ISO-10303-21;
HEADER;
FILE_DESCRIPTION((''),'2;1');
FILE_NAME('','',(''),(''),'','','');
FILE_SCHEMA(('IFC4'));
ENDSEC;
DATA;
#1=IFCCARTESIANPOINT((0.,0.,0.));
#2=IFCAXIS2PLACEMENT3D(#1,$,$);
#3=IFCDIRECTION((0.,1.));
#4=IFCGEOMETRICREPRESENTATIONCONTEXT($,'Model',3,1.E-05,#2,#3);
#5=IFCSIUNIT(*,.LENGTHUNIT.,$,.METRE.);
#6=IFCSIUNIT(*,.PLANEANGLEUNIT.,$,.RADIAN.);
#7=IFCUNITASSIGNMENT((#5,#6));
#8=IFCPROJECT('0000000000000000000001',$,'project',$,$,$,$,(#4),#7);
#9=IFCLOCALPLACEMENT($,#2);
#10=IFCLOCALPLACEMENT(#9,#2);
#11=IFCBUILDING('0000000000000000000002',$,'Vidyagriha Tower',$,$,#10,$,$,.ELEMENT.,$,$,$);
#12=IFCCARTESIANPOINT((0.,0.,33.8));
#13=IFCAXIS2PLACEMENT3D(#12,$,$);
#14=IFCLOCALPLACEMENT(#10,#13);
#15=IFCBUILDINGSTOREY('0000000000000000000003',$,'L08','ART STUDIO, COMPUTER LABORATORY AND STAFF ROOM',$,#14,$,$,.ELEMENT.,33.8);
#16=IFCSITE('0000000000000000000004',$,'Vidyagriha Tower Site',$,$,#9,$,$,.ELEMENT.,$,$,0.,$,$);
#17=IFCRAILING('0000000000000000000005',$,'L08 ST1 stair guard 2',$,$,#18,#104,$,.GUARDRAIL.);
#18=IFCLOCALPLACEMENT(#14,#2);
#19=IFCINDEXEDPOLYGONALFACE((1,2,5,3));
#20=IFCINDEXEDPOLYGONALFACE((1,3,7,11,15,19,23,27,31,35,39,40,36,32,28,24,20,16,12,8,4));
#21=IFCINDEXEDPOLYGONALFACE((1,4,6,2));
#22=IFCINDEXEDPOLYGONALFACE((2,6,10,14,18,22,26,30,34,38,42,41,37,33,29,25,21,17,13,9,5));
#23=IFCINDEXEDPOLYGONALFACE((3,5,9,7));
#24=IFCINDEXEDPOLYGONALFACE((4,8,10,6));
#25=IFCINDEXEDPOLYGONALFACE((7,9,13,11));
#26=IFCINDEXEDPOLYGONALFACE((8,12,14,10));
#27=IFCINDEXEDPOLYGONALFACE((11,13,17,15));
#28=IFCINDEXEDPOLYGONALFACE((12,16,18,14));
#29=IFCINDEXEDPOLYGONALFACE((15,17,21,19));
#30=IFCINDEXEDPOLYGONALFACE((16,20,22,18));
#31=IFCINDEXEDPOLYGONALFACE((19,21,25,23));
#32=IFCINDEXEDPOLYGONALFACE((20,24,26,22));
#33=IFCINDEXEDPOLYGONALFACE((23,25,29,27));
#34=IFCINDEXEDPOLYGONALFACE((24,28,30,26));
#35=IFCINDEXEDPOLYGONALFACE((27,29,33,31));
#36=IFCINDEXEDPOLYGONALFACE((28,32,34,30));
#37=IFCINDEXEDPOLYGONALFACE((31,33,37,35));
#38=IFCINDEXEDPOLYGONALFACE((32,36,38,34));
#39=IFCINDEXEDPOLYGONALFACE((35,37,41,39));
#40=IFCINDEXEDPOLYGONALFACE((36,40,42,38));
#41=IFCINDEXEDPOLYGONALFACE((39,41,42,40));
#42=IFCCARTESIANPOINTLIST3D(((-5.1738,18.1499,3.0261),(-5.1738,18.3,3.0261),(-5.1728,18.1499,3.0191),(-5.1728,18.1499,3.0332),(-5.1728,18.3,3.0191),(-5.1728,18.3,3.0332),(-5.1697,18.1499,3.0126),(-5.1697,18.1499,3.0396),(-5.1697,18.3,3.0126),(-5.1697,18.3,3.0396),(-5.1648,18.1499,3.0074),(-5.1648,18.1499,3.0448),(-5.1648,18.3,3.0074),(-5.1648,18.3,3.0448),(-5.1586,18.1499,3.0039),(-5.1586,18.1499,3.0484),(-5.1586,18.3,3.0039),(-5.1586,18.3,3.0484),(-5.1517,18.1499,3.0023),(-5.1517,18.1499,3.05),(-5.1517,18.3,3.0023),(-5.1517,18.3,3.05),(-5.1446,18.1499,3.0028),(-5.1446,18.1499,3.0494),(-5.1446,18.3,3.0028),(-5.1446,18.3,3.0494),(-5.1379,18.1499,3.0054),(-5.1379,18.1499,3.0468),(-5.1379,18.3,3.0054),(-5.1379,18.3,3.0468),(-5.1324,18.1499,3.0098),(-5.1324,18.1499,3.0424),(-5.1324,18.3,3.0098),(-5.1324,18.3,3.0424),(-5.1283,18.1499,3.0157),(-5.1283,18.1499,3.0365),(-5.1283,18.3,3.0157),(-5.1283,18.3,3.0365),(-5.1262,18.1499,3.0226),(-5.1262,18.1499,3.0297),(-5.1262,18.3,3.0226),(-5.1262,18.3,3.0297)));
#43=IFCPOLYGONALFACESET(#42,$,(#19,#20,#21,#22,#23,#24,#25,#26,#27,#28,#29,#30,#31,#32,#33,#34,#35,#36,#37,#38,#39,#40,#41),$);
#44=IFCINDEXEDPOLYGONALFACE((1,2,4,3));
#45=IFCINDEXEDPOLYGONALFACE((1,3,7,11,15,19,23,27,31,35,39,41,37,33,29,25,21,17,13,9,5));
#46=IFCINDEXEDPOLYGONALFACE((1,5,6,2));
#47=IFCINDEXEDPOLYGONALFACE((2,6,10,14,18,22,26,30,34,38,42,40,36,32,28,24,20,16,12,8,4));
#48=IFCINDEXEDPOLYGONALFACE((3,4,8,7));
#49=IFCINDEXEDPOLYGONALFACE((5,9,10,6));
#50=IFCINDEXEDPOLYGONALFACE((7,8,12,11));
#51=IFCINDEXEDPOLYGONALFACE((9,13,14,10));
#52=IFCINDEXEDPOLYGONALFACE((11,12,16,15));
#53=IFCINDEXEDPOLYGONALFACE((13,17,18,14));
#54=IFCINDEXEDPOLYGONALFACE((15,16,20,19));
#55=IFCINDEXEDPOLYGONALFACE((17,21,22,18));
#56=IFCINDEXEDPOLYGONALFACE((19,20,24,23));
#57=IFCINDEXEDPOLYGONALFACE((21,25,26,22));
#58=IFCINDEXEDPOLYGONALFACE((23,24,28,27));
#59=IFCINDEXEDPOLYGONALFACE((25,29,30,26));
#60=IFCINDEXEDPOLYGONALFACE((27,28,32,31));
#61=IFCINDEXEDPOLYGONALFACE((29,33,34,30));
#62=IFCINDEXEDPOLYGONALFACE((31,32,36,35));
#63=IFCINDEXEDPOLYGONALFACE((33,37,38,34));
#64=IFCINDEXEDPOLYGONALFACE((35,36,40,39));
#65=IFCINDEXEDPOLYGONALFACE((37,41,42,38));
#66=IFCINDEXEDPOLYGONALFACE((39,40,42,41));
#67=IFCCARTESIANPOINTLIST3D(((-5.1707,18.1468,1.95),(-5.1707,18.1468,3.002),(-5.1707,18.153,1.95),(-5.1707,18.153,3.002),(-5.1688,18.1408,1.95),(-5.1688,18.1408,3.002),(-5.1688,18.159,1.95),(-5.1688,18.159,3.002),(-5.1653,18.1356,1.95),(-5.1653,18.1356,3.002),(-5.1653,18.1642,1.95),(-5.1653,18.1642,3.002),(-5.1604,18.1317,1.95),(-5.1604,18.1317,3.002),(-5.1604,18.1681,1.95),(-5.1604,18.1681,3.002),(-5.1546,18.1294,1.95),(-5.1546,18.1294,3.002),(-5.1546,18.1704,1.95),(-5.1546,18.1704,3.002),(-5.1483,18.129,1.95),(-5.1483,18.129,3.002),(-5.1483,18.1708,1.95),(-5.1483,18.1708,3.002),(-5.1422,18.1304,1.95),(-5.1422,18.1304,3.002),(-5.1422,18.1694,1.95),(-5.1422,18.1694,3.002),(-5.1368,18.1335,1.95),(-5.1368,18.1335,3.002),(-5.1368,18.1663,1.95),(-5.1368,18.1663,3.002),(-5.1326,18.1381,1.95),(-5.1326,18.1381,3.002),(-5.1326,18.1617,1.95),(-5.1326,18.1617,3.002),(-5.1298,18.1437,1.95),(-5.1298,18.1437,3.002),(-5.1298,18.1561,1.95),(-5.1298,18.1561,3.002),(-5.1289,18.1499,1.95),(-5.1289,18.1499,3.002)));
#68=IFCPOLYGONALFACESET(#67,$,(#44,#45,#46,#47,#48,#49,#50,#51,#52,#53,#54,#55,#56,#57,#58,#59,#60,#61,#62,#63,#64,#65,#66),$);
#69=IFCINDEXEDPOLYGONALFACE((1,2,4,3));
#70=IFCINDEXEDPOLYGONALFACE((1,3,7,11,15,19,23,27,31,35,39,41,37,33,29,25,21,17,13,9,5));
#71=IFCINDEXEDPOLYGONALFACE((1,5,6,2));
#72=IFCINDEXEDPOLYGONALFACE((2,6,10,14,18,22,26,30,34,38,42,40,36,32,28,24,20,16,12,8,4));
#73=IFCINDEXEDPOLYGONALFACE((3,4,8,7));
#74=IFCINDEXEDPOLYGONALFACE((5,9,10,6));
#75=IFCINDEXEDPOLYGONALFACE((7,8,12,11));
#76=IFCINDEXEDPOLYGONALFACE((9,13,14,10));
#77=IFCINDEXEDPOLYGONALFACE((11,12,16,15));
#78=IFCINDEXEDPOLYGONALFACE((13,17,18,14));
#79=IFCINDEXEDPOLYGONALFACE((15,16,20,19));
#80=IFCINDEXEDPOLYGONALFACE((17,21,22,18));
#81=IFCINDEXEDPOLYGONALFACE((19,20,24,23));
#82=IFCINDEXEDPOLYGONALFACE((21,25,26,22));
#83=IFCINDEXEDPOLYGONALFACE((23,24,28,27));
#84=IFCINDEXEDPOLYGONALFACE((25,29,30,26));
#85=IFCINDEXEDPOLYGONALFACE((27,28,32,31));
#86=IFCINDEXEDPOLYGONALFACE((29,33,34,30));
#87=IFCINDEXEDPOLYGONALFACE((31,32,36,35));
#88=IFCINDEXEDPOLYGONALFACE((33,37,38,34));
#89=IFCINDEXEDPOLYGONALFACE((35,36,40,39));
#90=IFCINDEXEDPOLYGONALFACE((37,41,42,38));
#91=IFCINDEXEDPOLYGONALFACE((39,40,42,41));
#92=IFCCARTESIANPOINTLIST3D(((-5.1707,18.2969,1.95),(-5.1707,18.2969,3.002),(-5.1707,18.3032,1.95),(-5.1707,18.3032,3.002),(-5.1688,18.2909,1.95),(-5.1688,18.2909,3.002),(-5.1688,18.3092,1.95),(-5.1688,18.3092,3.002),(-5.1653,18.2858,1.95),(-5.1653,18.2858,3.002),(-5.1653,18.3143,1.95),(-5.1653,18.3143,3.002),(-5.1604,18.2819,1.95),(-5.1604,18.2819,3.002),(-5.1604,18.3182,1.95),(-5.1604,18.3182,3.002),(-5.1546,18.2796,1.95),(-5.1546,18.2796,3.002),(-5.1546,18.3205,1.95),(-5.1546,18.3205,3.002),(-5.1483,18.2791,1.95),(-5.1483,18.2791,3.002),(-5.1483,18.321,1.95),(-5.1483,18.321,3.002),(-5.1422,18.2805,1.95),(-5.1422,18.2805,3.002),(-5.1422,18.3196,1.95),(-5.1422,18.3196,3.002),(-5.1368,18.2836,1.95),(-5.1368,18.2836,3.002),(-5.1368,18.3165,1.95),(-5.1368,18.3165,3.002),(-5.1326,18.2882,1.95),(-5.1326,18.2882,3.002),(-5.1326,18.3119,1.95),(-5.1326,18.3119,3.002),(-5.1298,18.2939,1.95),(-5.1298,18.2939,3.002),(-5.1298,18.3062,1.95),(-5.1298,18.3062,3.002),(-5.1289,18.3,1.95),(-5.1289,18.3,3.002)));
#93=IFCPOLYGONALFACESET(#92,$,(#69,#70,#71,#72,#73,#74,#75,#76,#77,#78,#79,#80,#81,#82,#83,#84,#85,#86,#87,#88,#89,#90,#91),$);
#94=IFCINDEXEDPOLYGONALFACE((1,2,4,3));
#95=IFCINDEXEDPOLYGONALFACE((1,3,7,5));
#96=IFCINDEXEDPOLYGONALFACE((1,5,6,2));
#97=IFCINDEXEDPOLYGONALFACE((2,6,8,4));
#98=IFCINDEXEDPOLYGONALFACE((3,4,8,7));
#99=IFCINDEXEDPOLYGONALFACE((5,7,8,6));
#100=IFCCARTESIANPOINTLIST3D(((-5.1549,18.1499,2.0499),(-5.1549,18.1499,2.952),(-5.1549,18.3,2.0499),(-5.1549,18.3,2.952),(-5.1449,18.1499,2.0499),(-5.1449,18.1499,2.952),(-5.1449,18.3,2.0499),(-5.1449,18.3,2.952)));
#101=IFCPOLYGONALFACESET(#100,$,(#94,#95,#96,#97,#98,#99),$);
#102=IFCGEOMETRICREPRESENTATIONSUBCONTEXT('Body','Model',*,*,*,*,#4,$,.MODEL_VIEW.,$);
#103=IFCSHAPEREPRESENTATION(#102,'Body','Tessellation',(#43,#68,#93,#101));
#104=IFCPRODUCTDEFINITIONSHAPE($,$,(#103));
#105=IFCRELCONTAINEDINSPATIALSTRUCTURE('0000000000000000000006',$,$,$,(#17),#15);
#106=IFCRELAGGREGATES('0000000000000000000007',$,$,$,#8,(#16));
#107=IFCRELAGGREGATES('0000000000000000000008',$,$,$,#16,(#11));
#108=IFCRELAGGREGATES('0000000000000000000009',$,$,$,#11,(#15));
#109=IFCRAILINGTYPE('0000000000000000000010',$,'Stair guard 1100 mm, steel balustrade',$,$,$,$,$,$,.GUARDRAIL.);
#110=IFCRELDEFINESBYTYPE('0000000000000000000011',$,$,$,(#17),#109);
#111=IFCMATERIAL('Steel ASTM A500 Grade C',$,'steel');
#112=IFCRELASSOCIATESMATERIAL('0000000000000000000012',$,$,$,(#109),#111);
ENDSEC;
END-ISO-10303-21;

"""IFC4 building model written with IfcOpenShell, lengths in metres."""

from ifc_helpers import new_model, si_unit, direction, frame, origin, origin_2d, place, context, subcontext, project, spatial, rectangle, circle, extrude, material, type_object, element, save


model = new_model("IFC4")

# Units and contexts
model_context = context("Model", 3, precision=1e-05, world=origin(), true_north=direction((0.0, 1.0)))
body_context = subcontext(model_context, "Body", "Model", "MODEL_VIEW")
ifc_project = project(units=[si_unit("LENGTHUNIT", "METRE"), si_unit("PLANEANGLEUNIT", "RADIAN")], contexts=[model_context])

# Site, building, storey
site_placement = place(None, origin())
site = spatial("IfcSite", under=ifc_project, at=site_placement, Name="Vidyagriha Tower Site", CompositionType="ELEMENT", RefElevation=0.0)
building_placement = place(site_placement, origin())
building = spatial("IfcBuilding", under=site, at=building_placement, Name="Vidyagriha Tower", CompositionType="ELEMENT")
storey_placement = place(building_placement, frame((0.0, 0.0, 33.8)))
storey = spatial("IfcBuildingStorey", under=building, at=storey_placement, Name="L08", Description="ART STUDIO, COMPUTER LABORATORY AND STAFF ROOM", CompositionType="ELEMENT", Elevation=33.8)

# Railing
ifc_material_1 = material(Name="Steel ASTM A500 Grade C", Category="steel")
railing_type_1 = type_object("IfcRailingType", Name="Stair guard 1100 mm, steel balustrade", PredefinedType="GUARDRAIL", material=ifc_material_1)
railing_1_placement = place(storey_placement, frame((-5.1499, 18.1499, 1.95)))
element("IfcRailing", 1, at=railing_1_placement, inside=storey, type_object=railing_type_1, Name="L08 ST1 stair guard 2", PredefinedType="GUARDRAIL", context=body_context, shape_type="SweptSolid", body=[
    extrude(circle(Radius=0.0239, at=origin_2d()), frame((0.0, 0.0, 1.0762), z_axis=(0.0, 1.0, 0.0), x_axis=(-1.0, 0.0, 0.0)), (0.0, 0.0, 1.0), 0.1501),
    extrude(circle(Radius=0.021, at=origin_2d()), origin(), (0.0, 0.0, 1.0), 1.052),
    extrude(circle(Radius=0.021, at=origin_2d()), frame((0.0, 0.1501, 0.0)), (0.0, 0.0, 1.0), 1.052),
    extrude(rectangle(XDim=0.01, YDim=0.9021, at=origin_2d()), frame((0.0, 0.0, 0.551), z_axis=(0.0, 1.0, 0.0), x_axis=(-1.0, 0.0, 0.0)), (0.0, 0.0, 1.0), 0.1501),
])

save(model, "model.ifc")
